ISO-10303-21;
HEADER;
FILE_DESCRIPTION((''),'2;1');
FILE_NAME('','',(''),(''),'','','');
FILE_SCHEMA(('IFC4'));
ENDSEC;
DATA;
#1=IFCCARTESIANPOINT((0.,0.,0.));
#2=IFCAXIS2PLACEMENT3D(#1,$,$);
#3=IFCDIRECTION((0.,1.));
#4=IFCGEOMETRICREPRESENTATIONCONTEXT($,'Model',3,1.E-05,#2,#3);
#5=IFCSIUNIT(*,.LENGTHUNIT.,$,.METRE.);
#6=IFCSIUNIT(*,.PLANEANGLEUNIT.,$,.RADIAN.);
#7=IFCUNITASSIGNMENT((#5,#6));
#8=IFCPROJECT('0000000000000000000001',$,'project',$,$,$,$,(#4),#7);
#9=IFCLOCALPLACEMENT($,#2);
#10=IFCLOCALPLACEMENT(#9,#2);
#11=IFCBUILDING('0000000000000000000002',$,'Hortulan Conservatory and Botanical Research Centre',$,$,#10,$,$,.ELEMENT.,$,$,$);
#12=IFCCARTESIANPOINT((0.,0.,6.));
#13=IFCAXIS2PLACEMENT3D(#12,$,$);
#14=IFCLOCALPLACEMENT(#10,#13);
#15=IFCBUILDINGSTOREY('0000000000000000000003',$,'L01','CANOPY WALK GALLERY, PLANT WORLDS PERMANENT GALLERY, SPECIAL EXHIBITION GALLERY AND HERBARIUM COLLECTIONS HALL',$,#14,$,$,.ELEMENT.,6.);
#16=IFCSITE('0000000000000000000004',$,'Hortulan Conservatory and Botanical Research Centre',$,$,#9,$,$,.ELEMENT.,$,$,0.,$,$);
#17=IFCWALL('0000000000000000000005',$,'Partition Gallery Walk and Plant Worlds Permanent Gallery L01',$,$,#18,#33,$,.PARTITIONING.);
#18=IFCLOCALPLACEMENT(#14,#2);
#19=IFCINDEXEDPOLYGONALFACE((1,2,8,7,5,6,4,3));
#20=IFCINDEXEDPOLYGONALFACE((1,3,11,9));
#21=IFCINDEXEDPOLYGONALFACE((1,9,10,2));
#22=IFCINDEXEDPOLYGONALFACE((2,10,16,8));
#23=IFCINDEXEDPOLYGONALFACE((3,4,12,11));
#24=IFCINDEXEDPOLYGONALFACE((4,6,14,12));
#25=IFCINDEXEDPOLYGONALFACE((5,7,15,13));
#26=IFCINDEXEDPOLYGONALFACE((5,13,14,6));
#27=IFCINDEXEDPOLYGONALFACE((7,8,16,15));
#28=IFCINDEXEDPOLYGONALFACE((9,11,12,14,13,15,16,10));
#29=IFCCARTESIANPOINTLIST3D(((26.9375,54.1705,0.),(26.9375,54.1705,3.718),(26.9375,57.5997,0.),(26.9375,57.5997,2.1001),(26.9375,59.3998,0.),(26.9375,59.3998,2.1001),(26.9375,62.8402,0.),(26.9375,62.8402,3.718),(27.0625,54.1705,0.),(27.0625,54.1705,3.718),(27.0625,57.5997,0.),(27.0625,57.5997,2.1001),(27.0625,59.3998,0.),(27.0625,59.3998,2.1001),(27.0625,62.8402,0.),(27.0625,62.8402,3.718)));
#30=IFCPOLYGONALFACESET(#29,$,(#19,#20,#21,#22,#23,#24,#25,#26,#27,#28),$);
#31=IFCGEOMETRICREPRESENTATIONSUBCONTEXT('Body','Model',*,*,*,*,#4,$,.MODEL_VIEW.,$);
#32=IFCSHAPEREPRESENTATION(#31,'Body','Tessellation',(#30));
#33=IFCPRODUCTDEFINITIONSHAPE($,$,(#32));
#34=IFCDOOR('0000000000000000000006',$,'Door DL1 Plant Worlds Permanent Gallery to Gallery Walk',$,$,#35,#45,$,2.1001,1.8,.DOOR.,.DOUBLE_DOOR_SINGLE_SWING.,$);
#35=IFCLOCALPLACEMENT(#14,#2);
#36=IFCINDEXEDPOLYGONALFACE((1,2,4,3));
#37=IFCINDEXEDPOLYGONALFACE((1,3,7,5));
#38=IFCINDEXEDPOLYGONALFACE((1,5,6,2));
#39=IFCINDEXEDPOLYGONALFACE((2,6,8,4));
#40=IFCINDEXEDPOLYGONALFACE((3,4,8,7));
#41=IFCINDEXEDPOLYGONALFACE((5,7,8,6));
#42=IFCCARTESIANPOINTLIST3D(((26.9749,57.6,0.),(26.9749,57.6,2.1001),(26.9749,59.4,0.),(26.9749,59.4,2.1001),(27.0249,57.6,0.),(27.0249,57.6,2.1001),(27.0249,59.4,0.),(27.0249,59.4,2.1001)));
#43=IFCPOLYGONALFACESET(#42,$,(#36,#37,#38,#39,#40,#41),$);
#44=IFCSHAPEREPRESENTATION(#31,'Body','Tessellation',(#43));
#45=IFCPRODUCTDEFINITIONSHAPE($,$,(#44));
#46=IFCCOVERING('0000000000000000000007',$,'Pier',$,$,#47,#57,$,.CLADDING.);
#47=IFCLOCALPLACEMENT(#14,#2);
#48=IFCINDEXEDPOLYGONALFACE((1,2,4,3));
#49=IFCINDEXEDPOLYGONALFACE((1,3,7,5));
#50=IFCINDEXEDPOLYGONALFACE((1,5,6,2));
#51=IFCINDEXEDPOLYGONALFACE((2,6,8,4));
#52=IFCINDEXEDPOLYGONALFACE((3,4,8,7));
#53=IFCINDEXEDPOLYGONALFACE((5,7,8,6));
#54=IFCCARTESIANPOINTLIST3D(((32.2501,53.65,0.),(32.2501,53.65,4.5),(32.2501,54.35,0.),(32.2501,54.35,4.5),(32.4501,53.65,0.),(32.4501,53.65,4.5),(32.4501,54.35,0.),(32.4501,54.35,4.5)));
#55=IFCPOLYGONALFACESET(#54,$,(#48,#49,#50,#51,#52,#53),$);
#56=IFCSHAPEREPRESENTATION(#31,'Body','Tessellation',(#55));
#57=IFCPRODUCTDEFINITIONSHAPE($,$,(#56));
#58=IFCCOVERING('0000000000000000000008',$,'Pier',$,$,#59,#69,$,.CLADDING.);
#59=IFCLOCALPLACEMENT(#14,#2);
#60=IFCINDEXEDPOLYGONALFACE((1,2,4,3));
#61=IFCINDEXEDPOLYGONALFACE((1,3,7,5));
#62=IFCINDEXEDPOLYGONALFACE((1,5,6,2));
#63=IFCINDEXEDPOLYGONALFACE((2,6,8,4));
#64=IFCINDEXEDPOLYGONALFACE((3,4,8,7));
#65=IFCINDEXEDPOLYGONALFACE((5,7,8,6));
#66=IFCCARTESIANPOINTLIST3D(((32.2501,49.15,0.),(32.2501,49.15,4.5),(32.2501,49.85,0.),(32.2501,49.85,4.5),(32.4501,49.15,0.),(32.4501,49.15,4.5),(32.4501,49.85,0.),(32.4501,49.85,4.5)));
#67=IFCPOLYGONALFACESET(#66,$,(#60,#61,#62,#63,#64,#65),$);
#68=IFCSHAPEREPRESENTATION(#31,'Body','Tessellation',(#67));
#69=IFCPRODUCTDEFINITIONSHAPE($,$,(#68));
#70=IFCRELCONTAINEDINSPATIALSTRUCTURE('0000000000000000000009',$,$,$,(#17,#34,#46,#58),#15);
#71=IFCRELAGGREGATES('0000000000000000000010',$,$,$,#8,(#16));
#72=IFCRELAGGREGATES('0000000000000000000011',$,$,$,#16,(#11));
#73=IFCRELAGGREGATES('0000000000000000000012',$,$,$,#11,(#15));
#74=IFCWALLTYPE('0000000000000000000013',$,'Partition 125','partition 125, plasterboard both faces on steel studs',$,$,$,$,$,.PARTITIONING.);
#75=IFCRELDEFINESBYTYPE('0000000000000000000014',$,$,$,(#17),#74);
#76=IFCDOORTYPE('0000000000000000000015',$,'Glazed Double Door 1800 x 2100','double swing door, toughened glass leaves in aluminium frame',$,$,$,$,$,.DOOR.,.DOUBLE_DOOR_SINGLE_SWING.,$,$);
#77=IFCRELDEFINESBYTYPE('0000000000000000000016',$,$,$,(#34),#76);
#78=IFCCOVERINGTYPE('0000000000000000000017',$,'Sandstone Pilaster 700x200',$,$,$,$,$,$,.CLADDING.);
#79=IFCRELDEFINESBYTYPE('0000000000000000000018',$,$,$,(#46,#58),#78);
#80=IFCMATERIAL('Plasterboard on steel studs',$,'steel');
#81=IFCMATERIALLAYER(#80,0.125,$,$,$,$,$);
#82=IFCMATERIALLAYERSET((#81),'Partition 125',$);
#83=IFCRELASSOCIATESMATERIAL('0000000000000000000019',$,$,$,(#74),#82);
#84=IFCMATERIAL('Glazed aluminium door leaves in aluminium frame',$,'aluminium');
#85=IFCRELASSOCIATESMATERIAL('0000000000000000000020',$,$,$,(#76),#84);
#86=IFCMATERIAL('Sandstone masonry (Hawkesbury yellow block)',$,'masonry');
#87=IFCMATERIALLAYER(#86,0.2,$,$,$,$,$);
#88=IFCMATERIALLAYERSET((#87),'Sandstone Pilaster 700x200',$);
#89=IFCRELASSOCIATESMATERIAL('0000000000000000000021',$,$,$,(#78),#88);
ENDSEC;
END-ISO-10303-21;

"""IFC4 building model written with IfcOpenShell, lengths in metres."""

from ifc_helpers import new_model, si_unit, direction, frame, frame_2d, origin, origin_2d, place, context, subcontext, project, spatial, rectangle, extrude, material, layer, layer_set, type_object, element, fill, save


model = new_model("IFC4")

# Units and contexts
model_context = context("Model", 3, precision=1e-05, world=origin(), true_north=direction((0.0, 1.0)))
body_context = subcontext(model_context, "Body", "Model", "MODEL_VIEW")
ifc_project = project(units=[si_unit("LENGTHUNIT", "METRE"), si_unit("PLANEANGLEUNIT", "RADIAN")], contexts=[model_context])

# Site, building, storey
site_placement = place(None, origin())
site = spatial("IfcSite", under=ifc_project, at=site_placement, Name="Hortulan Conservatory and Botanical Research Centre", CompositionType="ELEMENT", RefElevation=0.0)
building_placement = place(site_placement, origin())
building = spatial("IfcBuilding", under=site, at=building_placement, Name="Hortulan Conservatory and Botanical Research Centre", CompositionType="ELEMENT")
storey_placement = place(building_placement, frame((0.0, 0.0, 6.0)))
storey = spatial("IfcBuildingStorey", under=building, at=storey_placement, Name="L01", Description="CANOPY WALK GALLERY, PLANT WORLDS PERMANENT GALLERY, SPECIAL EXHIBITION GALLERY AND HERBARIUM COLLECTIONS HALL", CompositionType="ELEMENT", Elevation=6.0)

# Wall, opening, door
ifc_material_1 = material(Name="Plasterboard on steel studs", Category="steel")
ifc_layer_1 = layer(ifc_material_1, 0.125)
ifc_layer_set_1 = layer_set([ifc_layer_1], Name="Partition 125")
wall_type = type_object("IfcWallType", Name="Partition 125", Description="partition 125, plasterboard both faces on steel studs", PredefinedType="PARTITIONING", material=ifc_layer_set_1)
wall_placement = place(storey_placement, frame((27.0, 54.1704, 0.0), z_axis=(0.0, 0.0, 1.0), x_axis=(0.0, 1.0, 0.0)))
wall = element("IfcWall", 1, at=wall_placement, inside=storey, type_object=wall_type, Name="Partition Gallery Walk and Plant Worlds Permanent Gallery L01", PredefinedType="PARTITIONING", context=body_context, shape_type="SweptSolid", body=[
    extrude(rectangle(XDim=8.6697, YDim=0.125, at=frame_2d((4.335, 0.0))), origin(), (0.0, 0.0, 1.0), 3.718),
])
opening_placement = place(wall_placement, frame((3.4294, 0.0, 0.0)))
opening = element("IfcOpeningElement", 2, at=opening_placement, cuts=wall, PredefinedType="OPENING", context=body_context, shape_type="SweptSolid", body=[
    extrude(rectangle(XDim=1.8, YDim=2.1001, at=frame_2d((0.8999, 1.05))), frame((0.0, 0.0725, 0.0), z_axis=(0.0, -1.0, 0.0), x_axis=(1.0, 0.0, 0.0)), (0.0, 0.0, 1.0), 0.145),
])
ifc_material_2 = material(Name="Glazed aluminium door leaves in aluminium frame", Category="aluminium")
door_type = type_object("IfcDoorType", Name="Glazed Double Door 1800 x 2100", Description="double swing door, toughened glass leaves in aluminium frame", OperationType="DOUBLE_DOOR_SINGLE_SWING", PredefinedType="DOOR", material=ifc_material_2)
door_placement = place(opening_placement, frame((1.8, 0.0, 0.0), z_axis=(0.0, 0.0, 1.0), x_axis=(-1.0, 0.0, 0.0)))
door = element("IfcDoor", 3, at=door_placement, inside=storey, type_object=door_type, Name="Door DL1 Plant Worlds Permanent Gallery to Gallery Walk", OperationType="DOUBLE_DOOR_SINGLE_SWING", OverallHeight=2.1001, OverallWidth=1.8, PredefinedType="DOOR", context=body_context, shape_type="SweptSolid", body=[
    extrude(rectangle(XDim=1.8, YDim=2.1001, at=frame_2d((0.8999, 1.05))), frame((0.0, 0.0249, 0.0), z_axis=(0.0, -1.0, 0.0), x_axis=(1.0, 0.0, 0.0)), (0.0, 0.0, 1.0), 0.05),
])
fill(opening, door)

# Coverings
ifc_material_3 = material(Name="Sandstone masonry (Hawkesbury yellow block)", Category="masonry")
ifc_layer_2 = layer(ifc_material_3, 0.2)
ifc_layer_set_2 = layer_set([ifc_layer_2], Name="Sandstone Pilaster 700x200")
covering_type = type_object("IfcCoveringType", Name="Sandstone Pilaster 700x200", PredefinedType="CLADDING", material=ifc_layer_set_2)
for number, where, z_axis, x_axis, name in (
    (4, (32.3501, 54.0, 0.0), (0.0, 0.0, 1.0), (0.0, -1.0, 0.0), "Pier"),
    (5, (32.3501, 49.5, 0.0), (0.0, 0.0, 1.0), (0.0, -1.0, 0.0), "Pier"),
):
    element("IfcCovering", number, at=place(storey_placement, frame(where, z_axis=z_axis, x_axis=x_axis)), inside=storey, type_object=covering_type, Name=name, PredefinedType="CLADDING", context=body_context, shape_type="SweptSolid", body=[
        extrude(rectangle(XDim=0.7, YDim=0.2, at=origin_2d()), origin(), (0.0, 0.0, 1.0), 4.5),
    ])

save(model, "model.ifc")
